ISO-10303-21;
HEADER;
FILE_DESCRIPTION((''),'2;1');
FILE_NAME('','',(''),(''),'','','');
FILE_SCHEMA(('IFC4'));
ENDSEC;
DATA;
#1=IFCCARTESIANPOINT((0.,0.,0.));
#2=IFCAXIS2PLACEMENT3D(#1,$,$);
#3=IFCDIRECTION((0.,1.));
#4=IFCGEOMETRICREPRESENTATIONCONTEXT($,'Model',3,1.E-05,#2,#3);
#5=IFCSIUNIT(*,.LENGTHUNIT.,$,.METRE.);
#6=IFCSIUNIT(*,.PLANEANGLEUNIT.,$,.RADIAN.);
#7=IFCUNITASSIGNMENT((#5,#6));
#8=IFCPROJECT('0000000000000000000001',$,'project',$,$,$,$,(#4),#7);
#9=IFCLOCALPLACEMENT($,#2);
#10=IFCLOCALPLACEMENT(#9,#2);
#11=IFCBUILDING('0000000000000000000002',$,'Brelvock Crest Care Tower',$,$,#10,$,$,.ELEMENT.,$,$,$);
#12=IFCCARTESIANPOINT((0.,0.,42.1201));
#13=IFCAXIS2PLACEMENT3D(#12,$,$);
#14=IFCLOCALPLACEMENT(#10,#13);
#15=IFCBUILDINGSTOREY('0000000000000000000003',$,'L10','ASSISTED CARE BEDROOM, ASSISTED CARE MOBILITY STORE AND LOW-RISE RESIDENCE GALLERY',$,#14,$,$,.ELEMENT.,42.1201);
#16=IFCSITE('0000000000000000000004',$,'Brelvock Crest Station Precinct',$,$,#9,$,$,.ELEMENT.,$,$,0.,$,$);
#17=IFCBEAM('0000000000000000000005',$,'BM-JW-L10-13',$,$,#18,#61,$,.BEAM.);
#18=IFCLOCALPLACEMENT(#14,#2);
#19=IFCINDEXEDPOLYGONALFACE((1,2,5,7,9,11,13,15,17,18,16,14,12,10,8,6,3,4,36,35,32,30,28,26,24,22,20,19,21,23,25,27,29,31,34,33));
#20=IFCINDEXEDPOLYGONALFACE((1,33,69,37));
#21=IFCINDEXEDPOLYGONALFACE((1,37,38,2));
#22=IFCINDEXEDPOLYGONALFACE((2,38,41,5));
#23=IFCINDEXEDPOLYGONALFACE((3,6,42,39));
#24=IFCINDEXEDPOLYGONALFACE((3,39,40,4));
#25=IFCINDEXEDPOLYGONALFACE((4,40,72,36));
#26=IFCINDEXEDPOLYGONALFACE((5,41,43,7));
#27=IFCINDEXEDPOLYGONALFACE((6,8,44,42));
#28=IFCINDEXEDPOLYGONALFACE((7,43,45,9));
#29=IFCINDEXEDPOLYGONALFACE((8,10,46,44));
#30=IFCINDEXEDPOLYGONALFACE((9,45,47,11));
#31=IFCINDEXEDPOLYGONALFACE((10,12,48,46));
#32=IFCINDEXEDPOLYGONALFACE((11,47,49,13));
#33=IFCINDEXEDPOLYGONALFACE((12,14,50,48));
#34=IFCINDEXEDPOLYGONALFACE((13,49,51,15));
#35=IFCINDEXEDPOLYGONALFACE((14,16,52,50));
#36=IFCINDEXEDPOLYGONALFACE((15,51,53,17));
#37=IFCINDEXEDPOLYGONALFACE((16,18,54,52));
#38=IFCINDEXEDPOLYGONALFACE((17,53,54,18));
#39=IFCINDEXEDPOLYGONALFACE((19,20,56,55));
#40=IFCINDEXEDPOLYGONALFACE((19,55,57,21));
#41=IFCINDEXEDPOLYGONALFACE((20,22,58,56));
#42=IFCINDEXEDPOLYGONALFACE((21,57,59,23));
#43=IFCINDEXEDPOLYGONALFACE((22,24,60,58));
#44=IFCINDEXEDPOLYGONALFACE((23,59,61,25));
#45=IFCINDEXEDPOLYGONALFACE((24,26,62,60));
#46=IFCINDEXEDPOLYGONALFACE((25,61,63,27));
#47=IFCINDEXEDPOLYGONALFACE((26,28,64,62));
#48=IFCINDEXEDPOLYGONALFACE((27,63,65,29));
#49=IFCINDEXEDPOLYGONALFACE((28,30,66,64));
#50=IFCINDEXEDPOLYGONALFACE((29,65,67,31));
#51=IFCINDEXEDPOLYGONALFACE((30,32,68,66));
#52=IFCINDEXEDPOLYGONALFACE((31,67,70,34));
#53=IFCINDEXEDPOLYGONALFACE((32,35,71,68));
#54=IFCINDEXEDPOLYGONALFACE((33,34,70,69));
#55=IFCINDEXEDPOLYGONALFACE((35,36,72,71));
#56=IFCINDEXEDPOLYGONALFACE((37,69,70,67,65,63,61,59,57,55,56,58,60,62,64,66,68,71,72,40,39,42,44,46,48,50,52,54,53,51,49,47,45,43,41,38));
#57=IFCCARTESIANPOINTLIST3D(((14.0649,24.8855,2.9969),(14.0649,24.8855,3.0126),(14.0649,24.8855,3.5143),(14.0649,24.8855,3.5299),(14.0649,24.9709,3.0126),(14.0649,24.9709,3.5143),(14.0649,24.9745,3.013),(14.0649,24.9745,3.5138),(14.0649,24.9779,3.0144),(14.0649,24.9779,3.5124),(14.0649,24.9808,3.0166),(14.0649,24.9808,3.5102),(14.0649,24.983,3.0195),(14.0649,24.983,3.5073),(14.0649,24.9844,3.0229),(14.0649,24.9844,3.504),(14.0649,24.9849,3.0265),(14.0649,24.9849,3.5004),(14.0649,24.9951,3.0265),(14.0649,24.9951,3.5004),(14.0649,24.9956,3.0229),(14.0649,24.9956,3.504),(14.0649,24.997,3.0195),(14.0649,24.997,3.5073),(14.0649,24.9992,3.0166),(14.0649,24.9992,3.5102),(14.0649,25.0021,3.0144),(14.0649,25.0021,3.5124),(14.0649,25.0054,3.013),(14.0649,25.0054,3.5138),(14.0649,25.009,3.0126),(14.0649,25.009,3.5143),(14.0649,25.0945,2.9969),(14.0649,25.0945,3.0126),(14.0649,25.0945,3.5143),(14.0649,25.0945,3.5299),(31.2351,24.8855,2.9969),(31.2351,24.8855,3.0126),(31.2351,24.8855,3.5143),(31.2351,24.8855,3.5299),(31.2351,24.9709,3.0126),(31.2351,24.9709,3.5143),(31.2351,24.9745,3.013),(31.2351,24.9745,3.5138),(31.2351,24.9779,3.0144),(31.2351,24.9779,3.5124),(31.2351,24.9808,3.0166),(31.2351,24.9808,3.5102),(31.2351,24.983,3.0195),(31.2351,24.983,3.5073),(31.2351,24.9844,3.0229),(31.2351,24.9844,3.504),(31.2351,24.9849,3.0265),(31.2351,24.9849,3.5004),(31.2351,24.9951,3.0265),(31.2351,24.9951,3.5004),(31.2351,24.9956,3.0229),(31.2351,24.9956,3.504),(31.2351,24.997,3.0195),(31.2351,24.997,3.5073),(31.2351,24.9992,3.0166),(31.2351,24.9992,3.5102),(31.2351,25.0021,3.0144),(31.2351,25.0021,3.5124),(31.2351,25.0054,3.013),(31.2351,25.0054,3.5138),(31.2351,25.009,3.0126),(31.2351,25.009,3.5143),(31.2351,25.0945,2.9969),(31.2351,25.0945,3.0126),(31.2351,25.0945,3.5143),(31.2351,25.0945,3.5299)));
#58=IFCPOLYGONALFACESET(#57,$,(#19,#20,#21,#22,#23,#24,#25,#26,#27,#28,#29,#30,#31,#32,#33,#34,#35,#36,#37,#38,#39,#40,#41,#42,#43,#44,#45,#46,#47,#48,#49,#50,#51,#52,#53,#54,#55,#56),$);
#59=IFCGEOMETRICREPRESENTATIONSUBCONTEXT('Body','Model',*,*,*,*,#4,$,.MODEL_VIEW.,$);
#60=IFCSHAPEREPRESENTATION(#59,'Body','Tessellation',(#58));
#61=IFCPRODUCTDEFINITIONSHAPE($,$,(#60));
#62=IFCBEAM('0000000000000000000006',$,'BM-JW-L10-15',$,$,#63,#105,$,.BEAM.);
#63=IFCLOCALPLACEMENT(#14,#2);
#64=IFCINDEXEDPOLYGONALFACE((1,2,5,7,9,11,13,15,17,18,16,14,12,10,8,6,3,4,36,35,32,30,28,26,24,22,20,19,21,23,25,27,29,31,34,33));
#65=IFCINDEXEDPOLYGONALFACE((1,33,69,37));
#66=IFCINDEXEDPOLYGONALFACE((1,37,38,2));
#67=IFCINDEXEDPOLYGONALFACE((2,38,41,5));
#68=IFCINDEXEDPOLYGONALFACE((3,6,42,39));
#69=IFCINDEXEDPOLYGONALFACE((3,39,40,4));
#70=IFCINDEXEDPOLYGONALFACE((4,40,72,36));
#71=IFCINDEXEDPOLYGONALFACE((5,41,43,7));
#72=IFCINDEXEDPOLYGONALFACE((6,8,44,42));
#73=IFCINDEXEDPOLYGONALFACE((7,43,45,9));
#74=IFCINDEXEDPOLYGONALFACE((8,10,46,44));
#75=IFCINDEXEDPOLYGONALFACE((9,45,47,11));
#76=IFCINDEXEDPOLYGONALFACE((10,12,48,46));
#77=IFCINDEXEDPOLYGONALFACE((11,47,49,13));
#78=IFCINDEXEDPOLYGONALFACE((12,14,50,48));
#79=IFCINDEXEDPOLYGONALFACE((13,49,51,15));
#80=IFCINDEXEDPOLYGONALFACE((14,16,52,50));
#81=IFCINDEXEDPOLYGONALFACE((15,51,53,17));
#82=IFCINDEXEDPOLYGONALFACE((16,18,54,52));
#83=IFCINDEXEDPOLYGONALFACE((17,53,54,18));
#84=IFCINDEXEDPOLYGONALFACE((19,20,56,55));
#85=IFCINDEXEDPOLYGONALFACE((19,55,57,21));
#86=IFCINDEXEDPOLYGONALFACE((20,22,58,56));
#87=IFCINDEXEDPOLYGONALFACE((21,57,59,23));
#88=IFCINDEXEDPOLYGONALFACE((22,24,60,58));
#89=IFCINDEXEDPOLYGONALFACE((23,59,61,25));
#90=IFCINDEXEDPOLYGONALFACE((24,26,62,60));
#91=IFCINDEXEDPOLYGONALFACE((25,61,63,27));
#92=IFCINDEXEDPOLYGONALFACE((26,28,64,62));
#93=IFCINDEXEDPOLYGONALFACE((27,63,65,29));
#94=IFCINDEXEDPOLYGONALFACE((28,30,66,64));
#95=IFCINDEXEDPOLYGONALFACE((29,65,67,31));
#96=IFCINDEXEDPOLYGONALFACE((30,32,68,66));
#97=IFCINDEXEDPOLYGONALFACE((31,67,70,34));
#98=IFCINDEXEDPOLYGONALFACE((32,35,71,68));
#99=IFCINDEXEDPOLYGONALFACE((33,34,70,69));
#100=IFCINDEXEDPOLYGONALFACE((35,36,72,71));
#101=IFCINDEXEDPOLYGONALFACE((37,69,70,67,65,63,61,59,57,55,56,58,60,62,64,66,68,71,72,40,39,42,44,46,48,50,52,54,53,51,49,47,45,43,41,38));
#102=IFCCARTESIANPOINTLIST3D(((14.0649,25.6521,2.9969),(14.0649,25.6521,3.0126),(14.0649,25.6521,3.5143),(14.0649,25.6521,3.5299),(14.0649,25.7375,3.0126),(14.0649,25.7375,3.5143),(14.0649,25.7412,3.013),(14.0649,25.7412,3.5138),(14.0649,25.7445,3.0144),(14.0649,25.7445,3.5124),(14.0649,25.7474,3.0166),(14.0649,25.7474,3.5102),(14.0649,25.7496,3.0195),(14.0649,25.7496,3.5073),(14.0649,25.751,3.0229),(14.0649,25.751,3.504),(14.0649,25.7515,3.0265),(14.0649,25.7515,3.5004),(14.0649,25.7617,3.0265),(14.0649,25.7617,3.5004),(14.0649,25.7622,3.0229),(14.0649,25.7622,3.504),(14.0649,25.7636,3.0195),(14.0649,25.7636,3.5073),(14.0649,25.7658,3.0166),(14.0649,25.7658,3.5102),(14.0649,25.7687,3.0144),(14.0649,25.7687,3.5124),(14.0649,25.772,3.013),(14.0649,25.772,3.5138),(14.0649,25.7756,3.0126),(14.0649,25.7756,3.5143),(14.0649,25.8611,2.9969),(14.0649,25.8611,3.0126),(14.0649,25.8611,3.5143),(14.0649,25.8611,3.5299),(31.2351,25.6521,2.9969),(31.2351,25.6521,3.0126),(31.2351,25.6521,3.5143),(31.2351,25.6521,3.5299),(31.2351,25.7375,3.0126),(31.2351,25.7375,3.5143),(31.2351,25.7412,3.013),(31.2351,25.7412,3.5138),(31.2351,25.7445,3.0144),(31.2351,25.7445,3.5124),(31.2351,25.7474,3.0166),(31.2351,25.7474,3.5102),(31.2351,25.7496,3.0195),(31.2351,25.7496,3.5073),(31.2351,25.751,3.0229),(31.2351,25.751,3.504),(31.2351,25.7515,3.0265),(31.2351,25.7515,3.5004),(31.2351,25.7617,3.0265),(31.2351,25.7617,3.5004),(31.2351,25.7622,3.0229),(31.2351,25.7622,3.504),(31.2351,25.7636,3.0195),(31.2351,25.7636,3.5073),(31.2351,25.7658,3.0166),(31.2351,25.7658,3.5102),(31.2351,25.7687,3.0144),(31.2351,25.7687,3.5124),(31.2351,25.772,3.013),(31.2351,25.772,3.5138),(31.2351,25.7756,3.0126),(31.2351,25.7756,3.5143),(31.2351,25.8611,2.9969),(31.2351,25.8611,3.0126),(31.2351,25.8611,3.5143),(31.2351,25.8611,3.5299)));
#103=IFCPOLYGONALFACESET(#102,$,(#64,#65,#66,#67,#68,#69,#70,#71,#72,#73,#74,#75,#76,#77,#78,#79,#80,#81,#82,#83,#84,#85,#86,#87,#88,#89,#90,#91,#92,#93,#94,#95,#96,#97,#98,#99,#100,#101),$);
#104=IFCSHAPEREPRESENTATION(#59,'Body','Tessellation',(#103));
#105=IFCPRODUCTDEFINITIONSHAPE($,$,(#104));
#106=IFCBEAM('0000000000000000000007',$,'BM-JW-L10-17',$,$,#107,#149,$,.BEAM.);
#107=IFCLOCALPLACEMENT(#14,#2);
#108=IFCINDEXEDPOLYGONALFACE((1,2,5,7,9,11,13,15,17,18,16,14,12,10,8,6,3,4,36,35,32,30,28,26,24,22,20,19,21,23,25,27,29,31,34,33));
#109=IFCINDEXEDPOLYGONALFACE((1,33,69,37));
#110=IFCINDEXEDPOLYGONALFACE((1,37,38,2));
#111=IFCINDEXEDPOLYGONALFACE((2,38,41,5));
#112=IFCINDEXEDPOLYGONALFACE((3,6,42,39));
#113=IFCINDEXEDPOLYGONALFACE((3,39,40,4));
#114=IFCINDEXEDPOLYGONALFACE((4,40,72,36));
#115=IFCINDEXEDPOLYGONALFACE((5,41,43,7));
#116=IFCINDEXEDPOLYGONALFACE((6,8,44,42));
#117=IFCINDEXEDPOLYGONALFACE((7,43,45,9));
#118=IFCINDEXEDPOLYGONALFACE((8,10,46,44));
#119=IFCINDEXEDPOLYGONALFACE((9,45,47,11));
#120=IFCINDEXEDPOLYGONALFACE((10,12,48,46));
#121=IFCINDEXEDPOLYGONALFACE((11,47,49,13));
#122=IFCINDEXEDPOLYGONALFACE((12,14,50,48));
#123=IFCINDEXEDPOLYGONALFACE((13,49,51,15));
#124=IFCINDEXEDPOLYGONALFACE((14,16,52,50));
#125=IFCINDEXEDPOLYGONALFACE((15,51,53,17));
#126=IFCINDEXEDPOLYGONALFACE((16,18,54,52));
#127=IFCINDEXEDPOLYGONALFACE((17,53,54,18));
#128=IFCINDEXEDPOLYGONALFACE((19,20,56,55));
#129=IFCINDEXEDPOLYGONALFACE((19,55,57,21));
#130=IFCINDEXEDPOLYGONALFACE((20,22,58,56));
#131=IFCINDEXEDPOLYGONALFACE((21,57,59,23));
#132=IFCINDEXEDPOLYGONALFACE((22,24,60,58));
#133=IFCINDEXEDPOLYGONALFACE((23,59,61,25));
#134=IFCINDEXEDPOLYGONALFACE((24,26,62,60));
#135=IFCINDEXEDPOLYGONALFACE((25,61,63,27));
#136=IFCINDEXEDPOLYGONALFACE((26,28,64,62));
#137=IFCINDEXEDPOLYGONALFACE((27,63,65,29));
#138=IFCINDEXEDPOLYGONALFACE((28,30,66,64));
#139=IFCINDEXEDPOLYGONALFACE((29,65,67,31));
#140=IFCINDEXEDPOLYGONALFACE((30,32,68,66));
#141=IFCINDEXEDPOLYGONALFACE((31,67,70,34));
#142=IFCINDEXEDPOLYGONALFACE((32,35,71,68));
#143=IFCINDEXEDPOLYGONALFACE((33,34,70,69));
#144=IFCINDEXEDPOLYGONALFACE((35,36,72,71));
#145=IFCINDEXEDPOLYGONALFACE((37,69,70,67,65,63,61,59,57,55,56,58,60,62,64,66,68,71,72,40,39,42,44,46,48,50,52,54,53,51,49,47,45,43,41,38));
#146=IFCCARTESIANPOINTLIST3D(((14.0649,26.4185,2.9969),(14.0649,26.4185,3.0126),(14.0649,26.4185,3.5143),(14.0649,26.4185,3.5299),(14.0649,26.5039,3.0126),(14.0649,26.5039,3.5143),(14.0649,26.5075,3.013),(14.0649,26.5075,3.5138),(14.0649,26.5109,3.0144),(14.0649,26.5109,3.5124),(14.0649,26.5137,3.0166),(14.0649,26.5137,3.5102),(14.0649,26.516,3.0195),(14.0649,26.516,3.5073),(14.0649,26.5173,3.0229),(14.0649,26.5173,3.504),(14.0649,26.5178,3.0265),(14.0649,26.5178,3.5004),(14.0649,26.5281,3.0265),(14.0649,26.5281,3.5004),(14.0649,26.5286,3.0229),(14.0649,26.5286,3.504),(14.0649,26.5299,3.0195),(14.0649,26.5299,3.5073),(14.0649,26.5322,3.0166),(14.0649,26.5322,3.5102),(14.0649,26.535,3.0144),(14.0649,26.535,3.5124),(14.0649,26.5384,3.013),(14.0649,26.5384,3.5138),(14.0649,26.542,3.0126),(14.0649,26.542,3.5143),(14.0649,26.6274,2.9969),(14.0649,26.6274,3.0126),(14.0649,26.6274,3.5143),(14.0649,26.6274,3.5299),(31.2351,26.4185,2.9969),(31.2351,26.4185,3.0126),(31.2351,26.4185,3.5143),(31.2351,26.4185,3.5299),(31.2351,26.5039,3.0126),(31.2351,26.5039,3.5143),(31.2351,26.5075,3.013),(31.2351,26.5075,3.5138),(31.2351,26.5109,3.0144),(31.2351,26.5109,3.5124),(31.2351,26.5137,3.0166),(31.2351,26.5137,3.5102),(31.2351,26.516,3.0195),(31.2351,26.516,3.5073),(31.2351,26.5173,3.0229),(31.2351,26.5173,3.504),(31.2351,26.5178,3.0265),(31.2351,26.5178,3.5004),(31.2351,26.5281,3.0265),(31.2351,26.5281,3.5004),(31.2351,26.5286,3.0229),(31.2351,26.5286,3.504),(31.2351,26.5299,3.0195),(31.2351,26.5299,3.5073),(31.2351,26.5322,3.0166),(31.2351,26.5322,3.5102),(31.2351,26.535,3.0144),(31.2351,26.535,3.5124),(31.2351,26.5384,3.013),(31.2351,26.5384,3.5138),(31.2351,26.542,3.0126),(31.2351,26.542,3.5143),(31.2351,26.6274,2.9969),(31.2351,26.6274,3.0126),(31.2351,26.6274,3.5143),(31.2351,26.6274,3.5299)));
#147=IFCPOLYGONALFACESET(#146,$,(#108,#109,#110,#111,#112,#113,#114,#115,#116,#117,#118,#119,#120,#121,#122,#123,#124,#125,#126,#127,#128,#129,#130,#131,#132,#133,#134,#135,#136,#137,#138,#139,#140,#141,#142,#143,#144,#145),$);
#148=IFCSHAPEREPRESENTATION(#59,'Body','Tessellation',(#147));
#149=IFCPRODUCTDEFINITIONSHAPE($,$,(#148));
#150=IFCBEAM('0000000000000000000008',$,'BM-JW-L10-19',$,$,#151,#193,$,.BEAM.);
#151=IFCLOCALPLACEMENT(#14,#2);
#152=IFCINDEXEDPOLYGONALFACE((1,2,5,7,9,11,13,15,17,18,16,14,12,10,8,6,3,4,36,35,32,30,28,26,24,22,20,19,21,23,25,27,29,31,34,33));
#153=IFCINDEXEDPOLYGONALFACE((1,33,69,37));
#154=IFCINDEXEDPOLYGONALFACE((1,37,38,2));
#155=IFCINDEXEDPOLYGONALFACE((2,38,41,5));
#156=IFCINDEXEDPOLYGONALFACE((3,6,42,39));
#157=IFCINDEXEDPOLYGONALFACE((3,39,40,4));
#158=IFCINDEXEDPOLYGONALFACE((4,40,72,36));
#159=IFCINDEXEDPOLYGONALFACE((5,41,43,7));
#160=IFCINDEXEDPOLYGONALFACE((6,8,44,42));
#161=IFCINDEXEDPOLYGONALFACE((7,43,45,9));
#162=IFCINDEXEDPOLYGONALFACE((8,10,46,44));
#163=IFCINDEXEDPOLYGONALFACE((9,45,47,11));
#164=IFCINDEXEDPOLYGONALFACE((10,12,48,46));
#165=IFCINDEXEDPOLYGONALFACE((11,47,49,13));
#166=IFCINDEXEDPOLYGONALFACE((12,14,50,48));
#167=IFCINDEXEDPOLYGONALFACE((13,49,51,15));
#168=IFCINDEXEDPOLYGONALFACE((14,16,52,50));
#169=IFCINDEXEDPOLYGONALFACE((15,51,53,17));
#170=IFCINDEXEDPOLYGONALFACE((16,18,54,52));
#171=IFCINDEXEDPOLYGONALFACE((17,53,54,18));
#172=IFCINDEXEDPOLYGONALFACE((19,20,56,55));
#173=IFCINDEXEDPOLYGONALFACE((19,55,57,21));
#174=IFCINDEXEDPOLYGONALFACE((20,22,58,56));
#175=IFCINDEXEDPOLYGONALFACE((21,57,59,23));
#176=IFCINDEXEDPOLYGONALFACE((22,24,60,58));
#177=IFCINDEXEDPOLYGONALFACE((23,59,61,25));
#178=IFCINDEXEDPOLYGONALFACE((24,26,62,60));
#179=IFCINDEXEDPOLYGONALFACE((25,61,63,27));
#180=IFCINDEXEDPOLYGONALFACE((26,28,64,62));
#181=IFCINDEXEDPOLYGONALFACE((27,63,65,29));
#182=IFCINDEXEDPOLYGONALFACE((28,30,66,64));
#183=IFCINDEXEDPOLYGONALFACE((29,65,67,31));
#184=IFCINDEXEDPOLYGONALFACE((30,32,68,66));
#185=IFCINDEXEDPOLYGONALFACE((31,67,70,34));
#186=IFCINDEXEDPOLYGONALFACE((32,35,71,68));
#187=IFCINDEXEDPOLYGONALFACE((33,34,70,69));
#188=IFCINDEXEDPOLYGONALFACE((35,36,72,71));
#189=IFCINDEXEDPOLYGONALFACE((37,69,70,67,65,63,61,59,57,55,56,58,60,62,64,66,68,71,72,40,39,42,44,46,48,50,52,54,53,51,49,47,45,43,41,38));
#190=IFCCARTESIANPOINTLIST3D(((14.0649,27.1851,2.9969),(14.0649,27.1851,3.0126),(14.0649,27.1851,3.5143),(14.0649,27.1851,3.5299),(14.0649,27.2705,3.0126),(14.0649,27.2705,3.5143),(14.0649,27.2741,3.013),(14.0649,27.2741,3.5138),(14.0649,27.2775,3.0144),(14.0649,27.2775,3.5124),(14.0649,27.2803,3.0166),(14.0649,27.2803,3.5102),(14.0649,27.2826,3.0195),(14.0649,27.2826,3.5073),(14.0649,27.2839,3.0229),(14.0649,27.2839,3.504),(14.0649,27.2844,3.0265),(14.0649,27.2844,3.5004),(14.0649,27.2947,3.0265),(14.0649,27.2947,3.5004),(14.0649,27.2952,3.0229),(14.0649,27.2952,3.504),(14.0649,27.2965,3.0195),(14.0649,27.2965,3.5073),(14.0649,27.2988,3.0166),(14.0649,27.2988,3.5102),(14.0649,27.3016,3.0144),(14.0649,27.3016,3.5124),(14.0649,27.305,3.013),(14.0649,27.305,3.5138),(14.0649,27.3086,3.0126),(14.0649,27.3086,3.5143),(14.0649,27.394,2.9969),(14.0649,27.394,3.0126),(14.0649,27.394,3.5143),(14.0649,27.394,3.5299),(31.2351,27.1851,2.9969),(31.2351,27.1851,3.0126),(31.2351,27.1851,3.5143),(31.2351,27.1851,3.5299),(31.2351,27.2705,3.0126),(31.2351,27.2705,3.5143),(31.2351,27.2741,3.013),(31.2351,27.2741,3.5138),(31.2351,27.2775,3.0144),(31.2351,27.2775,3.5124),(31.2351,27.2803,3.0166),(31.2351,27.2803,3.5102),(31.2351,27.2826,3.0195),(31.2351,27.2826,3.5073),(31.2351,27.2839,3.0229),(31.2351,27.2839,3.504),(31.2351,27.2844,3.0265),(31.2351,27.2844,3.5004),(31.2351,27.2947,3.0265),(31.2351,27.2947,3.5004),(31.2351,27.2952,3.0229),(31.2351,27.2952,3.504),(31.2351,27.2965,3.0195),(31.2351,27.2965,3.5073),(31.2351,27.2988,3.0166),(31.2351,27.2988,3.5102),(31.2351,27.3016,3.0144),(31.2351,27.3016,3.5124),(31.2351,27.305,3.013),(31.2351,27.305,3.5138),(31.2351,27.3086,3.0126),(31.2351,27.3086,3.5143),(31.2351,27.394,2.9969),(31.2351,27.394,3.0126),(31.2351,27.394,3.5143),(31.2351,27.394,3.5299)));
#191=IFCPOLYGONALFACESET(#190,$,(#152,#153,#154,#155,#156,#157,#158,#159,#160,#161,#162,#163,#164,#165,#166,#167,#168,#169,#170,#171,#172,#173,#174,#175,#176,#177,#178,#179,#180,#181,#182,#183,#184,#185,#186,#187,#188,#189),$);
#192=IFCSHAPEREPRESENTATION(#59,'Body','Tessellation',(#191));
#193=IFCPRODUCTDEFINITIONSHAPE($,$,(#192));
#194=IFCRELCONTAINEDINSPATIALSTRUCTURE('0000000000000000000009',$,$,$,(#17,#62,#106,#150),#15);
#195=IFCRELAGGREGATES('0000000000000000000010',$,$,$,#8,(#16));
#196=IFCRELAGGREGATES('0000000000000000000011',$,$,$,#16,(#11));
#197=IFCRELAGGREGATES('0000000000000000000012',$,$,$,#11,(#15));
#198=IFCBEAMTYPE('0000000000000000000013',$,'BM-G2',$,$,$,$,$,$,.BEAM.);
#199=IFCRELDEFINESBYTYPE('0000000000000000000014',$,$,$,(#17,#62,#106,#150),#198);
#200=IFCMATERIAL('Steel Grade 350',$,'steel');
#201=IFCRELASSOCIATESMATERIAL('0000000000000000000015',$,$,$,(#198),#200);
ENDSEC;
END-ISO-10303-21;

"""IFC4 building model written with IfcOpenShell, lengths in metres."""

from ifc_helpers import new_model, si_unit, direction, frame, origin, origin_2d, place, context, subcontext, project, spatial, i_section, extrude, source, transform, mapped, material, material_profile, profile_set, type_object, element, save


model = new_model("IFC4")

# Units and contexts
model_context = context("Model", 3, precision=1e-05, world=origin(), true_north=direction((0.0, 1.0)))
body_context = subcontext(model_context, "Body", "Model", "MODEL_VIEW")
ifc_project = project(units=[si_unit("LENGTHUNIT", "METRE"), si_unit("PLANEANGLEUNIT", "RADIAN")], contexts=[model_context])

# Site, building, storey
site_placement = place(None, origin())
site = spatial("IfcSite", under=ifc_project, at=site_placement, Name="Brelvock Crest Station Precinct", CompositionType="ELEMENT", RefElevation=0.0)
building_placement = place(site_placement, origin())
building = spatial("IfcBuilding", under=site, at=building_placement, Name="Brelvock Crest Care Tower", CompositionType="ELEMENT")
storey_placement = place(building_placement, frame((0.0, 0.0, 42.1201)))
storey = spatial("IfcBuildingStorey", under=building, at=storey_placement, Name="L10", Description="ASSISTED CARE BEDROOM, ASSISTED CARE MOBILITY STORE AND LOW-RISE RESIDENCE GALLERY", CompositionType="ELEMENT", Elevation=42.1201)

# Beams
ifc_material_1 = material(Name="Steel Grade 350", Category="steel")
ifc_material_profile_1 = material_profile(ifc_material_1, i_section(OverallWidth=0.209, OverallDepth=0.533, WebThickness=0.0103, FlangeThickness=0.0156, FilletRadius=0.0139, at=origin_2d()), Name="530UB92.4")
ifc_profile_set_1 = profile_set([ifc_material_profile_1], Name="Steel Grade 350")
beam_type_1 = type_object("IfcBeamType", Name="BM-G2", PredefinedType="BEAM", material=ifc_profile_set_1)
shared_shape_1 = source(origin(), body_context, "Body", "SweptSolid", [
    extrude(i_section(OverallWidth=0.209, OverallDepth=0.533, WebThickness=0.0103, FlangeThickness=0.0156, FilletRadius=0.0139, at=origin_2d()), origin(), (0.0, 0.0, 1.0), 17.1702),
])
for number, where, z_axis, x_axis, name in (
    (1, (14.0649, 24.99, 3.2634), (1.0, 0.0, 0.0), (0.0, 1.0, 0.0), "BM-JW-L10-13"),
    (2, (14.0649, 25.7566, 3.2634), (1.0, 0.0, 0.0), (0.0, 1.0, 0.0), "BM-JW-L10-15"),
    (3, (14.0649, 26.5229, 3.2634), (1.0, 0.0, 0.0), (0.0, 1.0, 0.0), "BM-JW-L10-17"),
    (4, (14.0649, 27.2896, 3.2634), (1.0, 0.0, 0.0), (0.0, 1.0, 0.0), "BM-JW-L10-19"),
):
    element("IfcBeam", number, at=place(storey_placement, frame(where, z_axis=z_axis, x_axis=x_axis)), inside=storey, type_object=beam_type_1, Name=name, PredefinedType="BEAM", context=body_context, shape_type="MappedRepresentation", body=[
        mapped(shared_shape_1, transform((0.0, 0.0, 0.0), x_axis=(1.0, 0.0, 0.0), y_axis=(0.0, 1.0, 0.0), z_axis=(0.0, 0.0, 1.0), scale=1.0)),
    ])

save(model, "model.ifc")
